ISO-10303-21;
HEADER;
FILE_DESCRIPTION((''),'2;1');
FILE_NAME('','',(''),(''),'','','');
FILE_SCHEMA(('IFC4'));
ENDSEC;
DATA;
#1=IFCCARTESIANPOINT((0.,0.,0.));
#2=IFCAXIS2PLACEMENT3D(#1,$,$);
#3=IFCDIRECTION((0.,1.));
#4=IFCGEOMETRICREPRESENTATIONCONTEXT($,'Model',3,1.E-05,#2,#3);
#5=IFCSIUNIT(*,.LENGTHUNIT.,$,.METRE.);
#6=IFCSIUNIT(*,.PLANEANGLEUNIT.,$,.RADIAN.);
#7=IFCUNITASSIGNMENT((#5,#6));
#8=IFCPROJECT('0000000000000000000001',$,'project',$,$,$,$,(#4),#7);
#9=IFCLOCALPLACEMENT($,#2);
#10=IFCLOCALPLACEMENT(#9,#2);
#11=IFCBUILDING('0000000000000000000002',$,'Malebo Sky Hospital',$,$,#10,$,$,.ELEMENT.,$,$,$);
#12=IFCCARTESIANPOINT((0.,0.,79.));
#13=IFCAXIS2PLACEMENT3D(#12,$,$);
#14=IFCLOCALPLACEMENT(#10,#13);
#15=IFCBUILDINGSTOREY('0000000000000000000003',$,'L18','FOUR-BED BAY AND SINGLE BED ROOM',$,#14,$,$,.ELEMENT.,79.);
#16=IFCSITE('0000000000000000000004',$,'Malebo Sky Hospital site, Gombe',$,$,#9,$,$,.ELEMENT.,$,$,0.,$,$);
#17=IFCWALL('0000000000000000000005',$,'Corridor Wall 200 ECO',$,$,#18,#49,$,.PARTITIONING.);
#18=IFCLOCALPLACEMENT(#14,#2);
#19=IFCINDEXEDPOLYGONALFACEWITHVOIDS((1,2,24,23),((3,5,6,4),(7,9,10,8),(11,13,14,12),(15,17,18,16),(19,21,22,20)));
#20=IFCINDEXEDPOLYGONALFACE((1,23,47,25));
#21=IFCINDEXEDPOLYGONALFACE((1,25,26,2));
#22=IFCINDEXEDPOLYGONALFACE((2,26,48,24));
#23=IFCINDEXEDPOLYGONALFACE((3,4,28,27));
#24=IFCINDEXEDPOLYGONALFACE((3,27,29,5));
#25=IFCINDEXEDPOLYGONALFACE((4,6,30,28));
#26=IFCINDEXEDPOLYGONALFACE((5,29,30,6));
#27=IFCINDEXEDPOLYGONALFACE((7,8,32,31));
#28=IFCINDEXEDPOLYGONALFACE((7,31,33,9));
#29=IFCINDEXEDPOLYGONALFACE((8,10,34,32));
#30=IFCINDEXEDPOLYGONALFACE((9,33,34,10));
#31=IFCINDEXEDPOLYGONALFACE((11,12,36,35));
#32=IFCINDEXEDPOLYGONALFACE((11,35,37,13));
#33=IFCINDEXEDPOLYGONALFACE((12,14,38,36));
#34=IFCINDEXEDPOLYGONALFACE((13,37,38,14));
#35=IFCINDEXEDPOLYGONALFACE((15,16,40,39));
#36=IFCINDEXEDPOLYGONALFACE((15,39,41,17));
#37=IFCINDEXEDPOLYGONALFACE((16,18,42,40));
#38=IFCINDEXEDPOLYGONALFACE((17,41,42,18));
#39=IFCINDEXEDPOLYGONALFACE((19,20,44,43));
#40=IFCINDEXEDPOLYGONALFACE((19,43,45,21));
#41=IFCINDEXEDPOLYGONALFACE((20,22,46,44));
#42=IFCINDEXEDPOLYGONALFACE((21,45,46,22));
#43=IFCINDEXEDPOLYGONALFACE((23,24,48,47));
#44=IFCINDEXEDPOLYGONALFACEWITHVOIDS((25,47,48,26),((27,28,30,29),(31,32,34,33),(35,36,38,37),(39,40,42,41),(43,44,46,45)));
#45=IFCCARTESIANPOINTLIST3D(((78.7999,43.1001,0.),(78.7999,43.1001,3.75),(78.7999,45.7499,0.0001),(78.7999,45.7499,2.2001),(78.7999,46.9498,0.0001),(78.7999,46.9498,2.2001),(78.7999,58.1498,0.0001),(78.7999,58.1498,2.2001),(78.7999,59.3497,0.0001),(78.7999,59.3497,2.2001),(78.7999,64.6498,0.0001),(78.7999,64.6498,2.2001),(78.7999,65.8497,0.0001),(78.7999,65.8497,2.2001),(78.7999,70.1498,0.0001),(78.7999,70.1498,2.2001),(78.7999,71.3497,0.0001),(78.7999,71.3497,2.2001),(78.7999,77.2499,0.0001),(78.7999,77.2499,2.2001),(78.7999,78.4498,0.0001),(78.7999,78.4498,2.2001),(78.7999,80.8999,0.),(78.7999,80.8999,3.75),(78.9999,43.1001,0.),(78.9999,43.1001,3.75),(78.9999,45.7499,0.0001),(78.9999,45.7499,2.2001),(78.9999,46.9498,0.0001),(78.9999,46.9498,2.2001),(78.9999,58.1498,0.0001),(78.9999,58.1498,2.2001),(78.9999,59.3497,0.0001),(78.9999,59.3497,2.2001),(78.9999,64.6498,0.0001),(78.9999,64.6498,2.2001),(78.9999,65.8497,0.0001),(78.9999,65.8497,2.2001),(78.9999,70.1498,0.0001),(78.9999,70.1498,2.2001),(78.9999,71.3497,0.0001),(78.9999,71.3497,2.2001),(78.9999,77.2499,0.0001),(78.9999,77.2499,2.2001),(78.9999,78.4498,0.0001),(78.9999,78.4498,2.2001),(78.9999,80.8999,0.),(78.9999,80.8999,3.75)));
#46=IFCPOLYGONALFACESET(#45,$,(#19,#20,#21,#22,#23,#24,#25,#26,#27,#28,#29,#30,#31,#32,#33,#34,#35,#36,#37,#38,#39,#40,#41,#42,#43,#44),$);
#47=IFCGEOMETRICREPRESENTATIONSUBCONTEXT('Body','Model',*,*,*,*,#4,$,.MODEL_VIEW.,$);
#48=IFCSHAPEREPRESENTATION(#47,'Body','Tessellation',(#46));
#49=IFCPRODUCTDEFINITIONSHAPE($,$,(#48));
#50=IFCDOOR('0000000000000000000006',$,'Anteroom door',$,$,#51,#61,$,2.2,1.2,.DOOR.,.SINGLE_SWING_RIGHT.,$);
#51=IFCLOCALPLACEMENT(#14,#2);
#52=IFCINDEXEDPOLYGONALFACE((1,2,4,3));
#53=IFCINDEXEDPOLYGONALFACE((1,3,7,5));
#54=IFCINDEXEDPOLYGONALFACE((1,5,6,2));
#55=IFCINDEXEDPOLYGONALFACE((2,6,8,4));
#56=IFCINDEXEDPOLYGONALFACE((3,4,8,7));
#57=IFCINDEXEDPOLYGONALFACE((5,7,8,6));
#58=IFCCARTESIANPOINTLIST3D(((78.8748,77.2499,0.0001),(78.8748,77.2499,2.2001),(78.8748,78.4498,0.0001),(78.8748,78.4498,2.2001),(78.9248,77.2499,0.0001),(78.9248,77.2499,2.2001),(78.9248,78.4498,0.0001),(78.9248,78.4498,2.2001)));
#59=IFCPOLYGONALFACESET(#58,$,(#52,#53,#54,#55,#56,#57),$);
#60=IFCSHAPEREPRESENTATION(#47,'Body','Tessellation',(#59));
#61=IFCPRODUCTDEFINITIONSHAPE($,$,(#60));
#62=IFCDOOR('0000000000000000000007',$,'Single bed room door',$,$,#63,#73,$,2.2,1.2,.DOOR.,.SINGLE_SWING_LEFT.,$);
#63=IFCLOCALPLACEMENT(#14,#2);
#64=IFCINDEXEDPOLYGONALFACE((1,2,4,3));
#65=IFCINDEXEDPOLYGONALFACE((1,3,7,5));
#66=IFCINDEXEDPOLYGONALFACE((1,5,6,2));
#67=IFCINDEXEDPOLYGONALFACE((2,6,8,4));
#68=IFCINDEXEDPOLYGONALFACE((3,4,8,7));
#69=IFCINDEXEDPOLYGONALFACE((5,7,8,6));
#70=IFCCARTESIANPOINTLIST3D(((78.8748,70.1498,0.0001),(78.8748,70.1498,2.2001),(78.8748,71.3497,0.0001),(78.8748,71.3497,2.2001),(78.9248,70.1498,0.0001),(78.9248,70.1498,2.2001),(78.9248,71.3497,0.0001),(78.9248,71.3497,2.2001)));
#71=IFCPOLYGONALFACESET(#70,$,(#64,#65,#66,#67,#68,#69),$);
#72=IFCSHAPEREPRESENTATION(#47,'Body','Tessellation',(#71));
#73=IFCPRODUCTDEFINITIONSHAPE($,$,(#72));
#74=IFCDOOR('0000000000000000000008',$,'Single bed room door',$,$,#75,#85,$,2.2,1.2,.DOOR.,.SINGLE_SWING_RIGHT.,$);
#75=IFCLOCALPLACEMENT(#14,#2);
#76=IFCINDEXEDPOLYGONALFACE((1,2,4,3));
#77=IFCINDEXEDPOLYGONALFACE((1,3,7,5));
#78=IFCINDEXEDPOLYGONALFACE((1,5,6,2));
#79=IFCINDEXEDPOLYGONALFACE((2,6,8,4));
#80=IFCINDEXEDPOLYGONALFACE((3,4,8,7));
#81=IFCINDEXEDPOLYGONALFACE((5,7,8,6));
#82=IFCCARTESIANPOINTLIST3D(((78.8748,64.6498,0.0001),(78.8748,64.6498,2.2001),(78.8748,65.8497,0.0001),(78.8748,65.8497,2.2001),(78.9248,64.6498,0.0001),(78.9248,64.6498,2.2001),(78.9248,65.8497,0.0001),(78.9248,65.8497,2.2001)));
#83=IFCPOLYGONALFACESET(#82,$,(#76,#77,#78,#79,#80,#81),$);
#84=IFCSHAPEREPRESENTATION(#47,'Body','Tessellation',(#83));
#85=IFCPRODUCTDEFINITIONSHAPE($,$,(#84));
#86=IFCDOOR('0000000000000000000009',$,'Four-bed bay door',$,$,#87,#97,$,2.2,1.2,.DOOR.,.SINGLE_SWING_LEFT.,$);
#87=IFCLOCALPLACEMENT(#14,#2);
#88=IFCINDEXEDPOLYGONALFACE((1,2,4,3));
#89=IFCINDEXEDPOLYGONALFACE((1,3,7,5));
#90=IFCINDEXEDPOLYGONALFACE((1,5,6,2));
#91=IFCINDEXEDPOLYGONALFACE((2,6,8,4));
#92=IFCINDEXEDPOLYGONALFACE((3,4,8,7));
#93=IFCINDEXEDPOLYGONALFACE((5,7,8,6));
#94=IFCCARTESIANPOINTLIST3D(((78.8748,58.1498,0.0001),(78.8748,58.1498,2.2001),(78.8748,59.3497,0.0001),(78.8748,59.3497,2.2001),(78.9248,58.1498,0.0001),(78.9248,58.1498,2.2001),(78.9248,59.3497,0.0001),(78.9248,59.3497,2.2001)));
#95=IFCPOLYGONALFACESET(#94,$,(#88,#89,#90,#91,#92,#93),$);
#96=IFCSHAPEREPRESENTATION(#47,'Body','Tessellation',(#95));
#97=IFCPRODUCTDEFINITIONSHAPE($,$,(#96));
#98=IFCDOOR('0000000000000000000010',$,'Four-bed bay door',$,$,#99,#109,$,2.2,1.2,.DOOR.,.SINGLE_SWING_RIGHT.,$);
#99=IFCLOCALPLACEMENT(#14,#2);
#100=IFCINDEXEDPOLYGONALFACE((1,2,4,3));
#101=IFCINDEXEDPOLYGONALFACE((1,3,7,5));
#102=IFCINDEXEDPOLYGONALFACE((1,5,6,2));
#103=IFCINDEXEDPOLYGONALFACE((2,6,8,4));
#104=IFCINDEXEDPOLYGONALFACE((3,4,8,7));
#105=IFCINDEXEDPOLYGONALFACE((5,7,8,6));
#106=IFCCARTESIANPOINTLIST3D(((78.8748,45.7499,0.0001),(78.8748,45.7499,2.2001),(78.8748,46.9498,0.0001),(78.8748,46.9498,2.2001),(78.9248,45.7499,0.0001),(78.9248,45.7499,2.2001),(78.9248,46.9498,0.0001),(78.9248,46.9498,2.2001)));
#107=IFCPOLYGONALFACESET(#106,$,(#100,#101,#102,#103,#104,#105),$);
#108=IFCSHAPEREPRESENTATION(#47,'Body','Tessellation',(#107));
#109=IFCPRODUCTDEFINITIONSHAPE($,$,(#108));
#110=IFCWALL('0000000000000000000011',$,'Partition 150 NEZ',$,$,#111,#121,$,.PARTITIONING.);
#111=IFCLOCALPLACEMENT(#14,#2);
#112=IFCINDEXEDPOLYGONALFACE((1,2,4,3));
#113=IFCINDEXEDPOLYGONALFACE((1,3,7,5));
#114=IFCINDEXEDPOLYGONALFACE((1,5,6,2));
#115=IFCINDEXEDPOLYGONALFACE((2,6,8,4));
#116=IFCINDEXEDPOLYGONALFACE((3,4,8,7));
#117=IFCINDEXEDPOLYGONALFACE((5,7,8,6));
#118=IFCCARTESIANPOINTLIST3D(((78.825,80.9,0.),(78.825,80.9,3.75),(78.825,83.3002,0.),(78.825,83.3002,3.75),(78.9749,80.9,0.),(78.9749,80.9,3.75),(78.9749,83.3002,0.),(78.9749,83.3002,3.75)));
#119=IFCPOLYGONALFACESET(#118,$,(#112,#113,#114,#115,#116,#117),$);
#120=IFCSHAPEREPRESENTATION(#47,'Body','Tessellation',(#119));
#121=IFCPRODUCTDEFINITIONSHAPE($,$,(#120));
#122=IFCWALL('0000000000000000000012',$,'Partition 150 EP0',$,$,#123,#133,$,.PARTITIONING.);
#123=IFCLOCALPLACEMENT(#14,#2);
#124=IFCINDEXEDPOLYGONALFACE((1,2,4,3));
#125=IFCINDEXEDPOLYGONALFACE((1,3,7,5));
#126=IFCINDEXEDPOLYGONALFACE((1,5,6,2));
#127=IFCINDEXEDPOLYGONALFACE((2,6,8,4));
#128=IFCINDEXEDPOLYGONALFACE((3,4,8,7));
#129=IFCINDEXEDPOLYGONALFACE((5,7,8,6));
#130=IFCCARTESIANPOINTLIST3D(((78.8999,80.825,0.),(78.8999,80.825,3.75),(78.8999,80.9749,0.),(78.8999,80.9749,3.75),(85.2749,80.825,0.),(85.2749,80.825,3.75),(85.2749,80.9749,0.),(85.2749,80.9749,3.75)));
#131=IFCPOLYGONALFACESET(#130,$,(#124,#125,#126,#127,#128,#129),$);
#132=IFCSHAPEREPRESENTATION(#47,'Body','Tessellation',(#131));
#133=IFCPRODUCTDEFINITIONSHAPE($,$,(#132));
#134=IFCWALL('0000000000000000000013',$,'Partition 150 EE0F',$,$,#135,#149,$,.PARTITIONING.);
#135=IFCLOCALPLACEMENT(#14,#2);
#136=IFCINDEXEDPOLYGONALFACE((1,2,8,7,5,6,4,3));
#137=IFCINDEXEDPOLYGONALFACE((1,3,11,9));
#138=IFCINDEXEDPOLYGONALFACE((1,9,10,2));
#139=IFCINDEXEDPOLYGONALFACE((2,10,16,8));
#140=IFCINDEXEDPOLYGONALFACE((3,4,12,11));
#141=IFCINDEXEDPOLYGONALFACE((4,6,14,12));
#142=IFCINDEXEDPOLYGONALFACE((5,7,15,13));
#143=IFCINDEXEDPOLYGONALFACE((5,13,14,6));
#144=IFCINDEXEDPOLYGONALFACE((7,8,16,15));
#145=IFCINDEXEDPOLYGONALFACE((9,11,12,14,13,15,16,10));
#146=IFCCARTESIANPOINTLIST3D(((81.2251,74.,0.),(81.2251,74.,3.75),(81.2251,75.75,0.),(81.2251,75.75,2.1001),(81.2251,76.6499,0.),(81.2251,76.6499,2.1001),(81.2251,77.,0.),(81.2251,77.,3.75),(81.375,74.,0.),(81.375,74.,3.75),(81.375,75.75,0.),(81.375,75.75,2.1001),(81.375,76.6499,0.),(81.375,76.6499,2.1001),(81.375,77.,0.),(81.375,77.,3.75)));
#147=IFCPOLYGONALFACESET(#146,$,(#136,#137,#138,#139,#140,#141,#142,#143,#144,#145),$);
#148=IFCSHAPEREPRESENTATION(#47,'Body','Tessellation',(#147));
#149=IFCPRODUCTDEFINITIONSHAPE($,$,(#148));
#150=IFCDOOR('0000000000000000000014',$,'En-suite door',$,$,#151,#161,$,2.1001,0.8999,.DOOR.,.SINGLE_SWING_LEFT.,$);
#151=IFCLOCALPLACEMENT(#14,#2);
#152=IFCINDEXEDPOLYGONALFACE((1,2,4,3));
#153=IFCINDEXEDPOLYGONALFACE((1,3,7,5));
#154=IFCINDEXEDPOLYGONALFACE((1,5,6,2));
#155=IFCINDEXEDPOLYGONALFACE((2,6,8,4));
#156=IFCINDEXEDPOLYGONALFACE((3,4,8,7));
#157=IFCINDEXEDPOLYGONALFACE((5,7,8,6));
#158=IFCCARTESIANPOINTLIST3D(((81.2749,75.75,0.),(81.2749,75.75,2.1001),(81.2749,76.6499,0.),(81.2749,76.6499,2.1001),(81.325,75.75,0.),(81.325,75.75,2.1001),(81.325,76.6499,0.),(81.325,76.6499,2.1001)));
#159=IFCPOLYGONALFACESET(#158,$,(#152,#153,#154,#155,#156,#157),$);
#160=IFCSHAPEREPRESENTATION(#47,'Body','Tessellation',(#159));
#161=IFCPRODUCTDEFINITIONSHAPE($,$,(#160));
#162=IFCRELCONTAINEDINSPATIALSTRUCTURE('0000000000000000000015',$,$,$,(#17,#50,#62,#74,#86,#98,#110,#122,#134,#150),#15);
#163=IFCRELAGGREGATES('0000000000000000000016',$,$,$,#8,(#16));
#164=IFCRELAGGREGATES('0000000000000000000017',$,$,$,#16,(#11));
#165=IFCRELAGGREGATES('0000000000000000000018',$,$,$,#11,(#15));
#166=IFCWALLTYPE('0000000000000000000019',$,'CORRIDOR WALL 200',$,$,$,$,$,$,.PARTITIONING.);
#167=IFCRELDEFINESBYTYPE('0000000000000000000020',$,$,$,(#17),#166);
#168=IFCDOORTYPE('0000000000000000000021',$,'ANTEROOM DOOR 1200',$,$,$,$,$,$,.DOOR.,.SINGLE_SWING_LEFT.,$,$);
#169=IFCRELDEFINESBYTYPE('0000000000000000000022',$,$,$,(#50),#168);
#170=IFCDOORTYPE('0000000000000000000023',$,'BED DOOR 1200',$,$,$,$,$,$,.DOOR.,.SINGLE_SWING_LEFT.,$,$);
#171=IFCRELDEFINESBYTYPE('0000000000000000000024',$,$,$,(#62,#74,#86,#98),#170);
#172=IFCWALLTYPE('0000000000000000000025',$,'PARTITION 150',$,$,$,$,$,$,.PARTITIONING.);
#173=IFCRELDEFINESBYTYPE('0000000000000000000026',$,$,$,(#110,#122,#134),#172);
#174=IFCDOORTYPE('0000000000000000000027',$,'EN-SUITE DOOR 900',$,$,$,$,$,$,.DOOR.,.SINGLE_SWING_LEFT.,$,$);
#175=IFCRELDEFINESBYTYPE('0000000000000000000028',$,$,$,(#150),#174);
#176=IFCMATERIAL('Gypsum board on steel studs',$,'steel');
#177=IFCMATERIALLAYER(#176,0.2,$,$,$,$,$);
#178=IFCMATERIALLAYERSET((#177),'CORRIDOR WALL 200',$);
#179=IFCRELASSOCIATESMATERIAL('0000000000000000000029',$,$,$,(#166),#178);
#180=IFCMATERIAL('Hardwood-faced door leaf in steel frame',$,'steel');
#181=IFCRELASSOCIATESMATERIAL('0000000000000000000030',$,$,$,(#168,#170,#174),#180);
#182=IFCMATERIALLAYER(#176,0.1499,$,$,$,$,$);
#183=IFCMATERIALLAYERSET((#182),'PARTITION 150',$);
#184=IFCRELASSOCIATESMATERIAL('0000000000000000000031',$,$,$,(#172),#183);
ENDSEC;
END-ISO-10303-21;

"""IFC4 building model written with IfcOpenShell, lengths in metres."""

from ifc_helpers import new_model, si_unit, direction, frame, frame_2d, origin, place, context, subcontext, project, spatial, rectangle, extrude, material, layer, layer_set, type_object, element, fill, save


model = new_model("IFC4")

# Units and contexts
model_context = context("Model", 3, precision=1e-05, world=origin(), true_north=direction((0.0, 1.0)))
body_context = subcontext(model_context, "Body", "Model", "MODEL_VIEW")
ifc_project = project(units=[si_unit("LENGTHUNIT", "METRE"), si_unit("PLANEANGLEUNIT", "RADIAN")], contexts=[model_context])

# Site, building, storey
site_placement = place(None, origin())
site = spatial("IfcSite", under=ifc_project, at=site_placement, Name="Malebo Sky Hospital site, Gombe", CompositionType="ELEMENT", RefElevation=0.0)
building_placement = place(site_placement, origin())
building = spatial("IfcBuilding", under=site, at=building_placement, Name="Malebo Sky Hospital", CompositionType="ELEMENT")
storey_placement = place(building_placement, frame((0.0, 0.0, 79.0)))
storey = spatial("IfcBuildingStorey", under=building, at=storey_placement, Name="L18", Description="FOUR-BED BAY AND SINGLE BED ROOM", CompositionType="ELEMENT", Elevation=79.0)

# Wall, openings, doors
ifc_material_1 = material(Name="Gypsum board on steel studs", Category="steel")
ifc_layer_1 = layer(ifc_material_1, 0.2)
ifc_layer_set_1 = layer_set([ifc_layer_1], Name="CORRIDOR WALL 200")
wall_type_1 = type_object("IfcWallType", Name="CORRIDOR WALL 200", PredefinedType="PARTITIONING", material=ifc_layer_set_1)
wall_1_placement = place(storey_placement, frame((78.8999, 80.8999, 0.0), z_axis=(0.0, 0.0, 1.0), x_axis=(0.0, -1.0, 0.0)))
wall_1 = element("IfcWall", 1, at=wall_1_placement, inside=storey, type_object=wall_type_1, Name="Corridor Wall 200 ECO", PredefinedType="PARTITIONING", context=body_context, shape_type="SweptSolid", body=[
    extrude(rectangle(XDim=37.7998, YDim=0.2, at=frame_2d((18.8999, 0.0))), origin(), (0.0, 0.0, 1.0), 3.75),
])
opening_1_placement = place(wall_1_placement, frame((2.45, 0.0, 0.0)))
opening_1 = element("IfcOpeningElement", 2, at=opening_1_placement, cuts=wall_1, PredefinedType="OPENING", context=body_context, shape_type="SweptSolid", body=[
    extrude(rectangle(XDim=1.2, YDim=2.2, at=frame_2d((0.6001, 1.1001))), frame((0.0, 0.1099, 0.0), z_axis=(0.0, -1.0, 0.0), x_axis=(1.0, 0.0, 0.0)), (0.0, 0.0, 1.0), 0.22),
])
opening_2_placement = place(wall_1_placement, frame((9.55, 0.0, 0.0)))
opening_2 = element("IfcOpeningElement", 3, at=opening_2_placement, cuts=wall_1, PredefinedType="OPENING", context=body_context, shape_type="SweptSolid", body=[
    extrude(rectangle(XDim=1.2, YDim=2.2, at=frame_2d((0.6001, 1.1001))), frame((0.0, 0.1099, 0.0), z_axis=(0.0, -1.0, 0.0), x_axis=(1.0, 0.0, 0.0)), (0.0, 0.0, 1.0), 0.22),
])
opening_3_placement = place(wall_1_placement, frame((15.05, 0.0, 0.0)))
opening_3 = element("IfcOpeningElement", 4, at=opening_3_placement, cuts=wall_1, PredefinedType="OPENING", context=body_context, shape_type="SweptSolid", body=[
    extrude(rectangle(XDim=1.2, YDim=2.2, at=frame_2d((0.6001, 1.1001))), frame((0.0, 0.1099, 0.0), z_axis=(0.0, -1.0, 0.0), x_axis=(1.0, 0.0, 0.0)), (0.0, 0.0, 1.0), 0.22),
])
opening_4_placement = place(wall_1_placement, frame((21.55, 0.0, 0.0)))
opening_4 = element("IfcOpeningElement", 5, at=opening_4_placement, cuts=wall_1, PredefinedType="OPENING", context=body_context, shape_type="SweptSolid", body=[
    extrude(rectangle(XDim=1.2, YDim=2.2, at=frame_2d((0.6001, 1.1001))), frame((0.0, 0.1099, 0.0), z_axis=(0.0, -1.0, 0.0), x_axis=(1.0, 0.0, 0.0)), (0.0, 0.0, 1.0), 0.22),
])
opening_5_placement = place(wall_1_placement, frame((33.95, 0.0, 0.0)))
opening_5 = element("IfcOpeningElement", 6, at=opening_5_placement, cuts=wall_1, PredefinedType="OPENING", context=body_context, shape_type="SweptSolid", body=[
    extrude(rectangle(XDim=1.2, YDim=2.2, at=frame_2d((0.6001, 1.1001))), frame((0.0, 0.1099, 0.0), z_axis=(0.0, -1.0, 0.0), x_axis=(1.0, 0.0, 0.0)), (0.0, 0.0, 1.0), 0.22),
])
ifc_material_2 = material(Name="Hardwood-faced door leaf in steel frame", Category="steel")
door_type_1 = type_object("IfcDoorType", Name="ANTEROOM DOOR 1200", OperationType="SINGLE_SWING_LEFT", PredefinedType="DOOR", material=ifc_material_2)
door_1_placement = place(opening_1_placement, origin())
door_1 = element("IfcDoor", 7, at=door_1_placement, inside=storey, type_object=door_type_1, Name="Anteroom door", OperationType="SINGLE_SWING_RIGHT", OverallHeight=2.2, OverallWidth=1.2, PredefinedType="DOOR", context=body_context, shape_type="SweptSolid", body=[
    extrude(rectangle(XDim=1.2, YDim=2.2, at=frame_2d((0.6001, 1.1001))), frame((0.0, 0.0249, 0.0), z_axis=(0.0, -1.0, 0.0), x_axis=(1.0, 0.0, 0.0)), (0.0, 0.0, 1.0), 0.05),
])
fill(opening_1, door_1)
door_type_2 = type_object("IfcDoorType", Name="BED DOOR 1200", OperationType="SINGLE_SWING_LEFT", PredefinedType="DOOR", material=ifc_material_2)
door_2_placement = place(opening_2_placement, origin())
door_2 = element("IfcDoor", 8, at=door_2_placement, inside=storey, type_object=door_type_2, Name="Single bed room door", OperationType="SINGLE_SWING_LEFT", OverallHeight=2.2, OverallWidth=1.2, PredefinedType="DOOR", context=body_context, shape_type="SweptSolid", body=[
    extrude(rectangle(XDim=1.2, YDim=2.2, at=frame_2d((0.6001, 1.1001))), frame((0.0, 0.0249, 0.0), z_axis=(0.0, -1.0, 0.0), x_axis=(1.0, 0.0, 0.0)), (0.0, 0.0, 1.0), 0.05),
])
fill(opening_2, door_2)
door_3_placement = place(opening_3_placement, origin())
door_3 = element("IfcDoor", 9, at=door_3_placement, inside=storey, type_object=door_type_2, Name="Single bed room door", OperationType="SINGLE_SWING_RIGHT", OverallHeight=2.2, OverallWidth=1.2, PredefinedType="DOOR", context=body_context, shape_type="SweptSolid", body=[
    extrude(rectangle(XDim=1.2, YDim=2.2, at=frame_2d((0.6001, 1.1001))), frame((0.0, 0.0249, 0.0), z_axis=(0.0, -1.0, 0.0), x_axis=(1.0, 0.0, 0.0)), (0.0, 0.0, 1.0), 0.05),
])
fill(opening_3, door_3)
door_4_placement = place(opening_4_placement, origin())
door_4 = element("IfcDoor", 10, at=door_4_placement, inside=storey, type_object=door_type_2, Name="Four-bed bay door", OperationType="SINGLE_SWING_LEFT", OverallHeight=2.2, OverallWidth=1.2, PredefinedType="DOOR", context=body_context, shape_type="SweptSolid", body=[
    extrude(rectangle(XDim=1.2, YDim=2.2, at=frame_2d((0.6001, 1.1001))), frame((0.0, 0.0249, 0.0), z_axis=(0.0, -1.0, 0.0), x_axis=(1.0, 0.0, 0.0)), (0.0, 0.0, 1.0), 0.05),
])
fill(opening_4, door_4)
door_5_placement = place(opening_5_placement, origin())
door_5 = element("IfcDoor", 11, at=door_5_placement, inside=storey, type_object=door_type_2, Name="Four-bed bay door", OperationType="SINGLE_SWING_RIGHT", OverallHeight=2.2, OverallWidth=1.2, PredefinedType="DOOR", context=body_context, shape_type="SweptSolid", body=[
    extrude(rectangle(XDim=1.2, YDim=2.2, at=frame_2d((0.6001, 1.1001))), frame((0.0, 0.0249, 0.0), z_axis=(0.0, -1.0, 0.0), x_axis=(1.0, 0.0, 0.0)), (0.0, 0.0, 1.0), 0.05),
])
fill(opening_5, door_5)

# Walls
ifc_layer_2 = layer(ifc_material_1, 0.1499)
ifc_layer_set_2 = layer_set([ifc_layer_2], Name="PARTITION 150")
wall_type_2 = type_object("IfcWallType", Name="PARTITION 150", PredefinedType="PARTITIONING", material=ifc_layer_set_2)
wall_2_placement = place(storey_placement, frame((78.8999, 80.8999, 0.0), z_axis=(0.0, 0.0, 1.0), x_axis=(0.0, 1.0, 0.0)))
element("IfcWall", 12, at=wall_2_placement, inside=storey, type_object=wall_type_2, Name="Partition 150 NEZ", PredefinedType="PARTITIONING", context=body_context, shape_type="SweptSolid", body=[
    extrude(rectangle(XDim=2.4001, YDim=0.1499, at=frame_2d((1.2002, 0.0))), origin(), (0.0, 0.0, 1.0), 3.75),
])
wall_3_placement = place(storey_placement, frame((78.8999, 80.8999, 0.0), z_axis=(0.0, 0.0, 1.0), x_axis=(1.0, 0.0, 0.0)))
element("IfcWall", 13, at=wall_3_placement, inside=storey, type_object=wall_type_2, Name="Partition 150 EP0", PredefinedType="PARTITIONING", context=body_context, shape_type="SweptSolid", body=[
    extrude(rectangle(XDim=6.375, YDim=0.1499, at=frame_2d((3.1875, 0.0))), origin(), (0.0, 0.0, 1.0), 3.75),
])

# Wall, opening, door
wall_4_placement = place(storey_placement, frame((81.3, 77.0, 0.0), z_axis=(0.0, 0.0, 1.0), x_axis=(0.0, -1.0, 0.0)))
wall_4 = element("IfcWall", 14, at=wall_4_placement, inside=storey, type_object=wall_type_2, Name="Partition 150 EE0F", PredefinedType="PARTITIONING", context=body_context, shape_type="SweptSolid", body=[
    extrude(rectangle(XDim=3.0, YDim=0.1499, at=frame_2d((1.5, 0.0))), origin(), (0.0, 0.0, 1.0), 3.75),
])
opening_6_placement = place(wall_4_placement, frame((0.3501, 0.0, 0.0)))
opening_6 = element("IfcOpeningElement", 15, at=opening_6_placement, cuts=wall_4, PredefinedType="OPENING", context=body_context, shape_type="SweptSolid", body=[
    extrude(rectangle(XDim=0.8999, YDim=2.1001, at=frame_2d((0.45, 1.05))), frame((0.0, 0.085, 0.0), z_axis=(0.0, -1.0, 0.0), x_axis=(1.0, 0.0, 0.0)), (0.0, 0.0, 1.0), 0.1699),
])
door_type_3 = type_object("IfcDoorType", Name="EN-SUITE DOOR 900", OperationType="SINGLE_SWING_LEFT", PredefinedType="DOOR", material=ifc_material_2)
door_6_placement = place(opening_6_placement, origin())
door_6 = element("IfcDoor", 16, at=door_6_placement, inside=storey, type_object=door_type_3, Name="En-suite door", OperationType="SINGLE_SWING_LEFT", OverallHeight=2.1001, OverallWidth=0.8999, PredefinedType="DOOR", context=body_context, shape_type="SweptSolid", body=[
    extrude(rectangle(XDim=0.8999, YDim=2.1001, at=frame_2d((0.45, 1.05))), frame((0.0, 0.0249, 0.0), z_axis=(0.0, -1.0, 0.0), x_axis=(1.0, 0.0, 0.0)), (0.0, 0.0, 1.0), 0.05),
])
fill(opening_6, door_6)

save(model, "model.ifc")
